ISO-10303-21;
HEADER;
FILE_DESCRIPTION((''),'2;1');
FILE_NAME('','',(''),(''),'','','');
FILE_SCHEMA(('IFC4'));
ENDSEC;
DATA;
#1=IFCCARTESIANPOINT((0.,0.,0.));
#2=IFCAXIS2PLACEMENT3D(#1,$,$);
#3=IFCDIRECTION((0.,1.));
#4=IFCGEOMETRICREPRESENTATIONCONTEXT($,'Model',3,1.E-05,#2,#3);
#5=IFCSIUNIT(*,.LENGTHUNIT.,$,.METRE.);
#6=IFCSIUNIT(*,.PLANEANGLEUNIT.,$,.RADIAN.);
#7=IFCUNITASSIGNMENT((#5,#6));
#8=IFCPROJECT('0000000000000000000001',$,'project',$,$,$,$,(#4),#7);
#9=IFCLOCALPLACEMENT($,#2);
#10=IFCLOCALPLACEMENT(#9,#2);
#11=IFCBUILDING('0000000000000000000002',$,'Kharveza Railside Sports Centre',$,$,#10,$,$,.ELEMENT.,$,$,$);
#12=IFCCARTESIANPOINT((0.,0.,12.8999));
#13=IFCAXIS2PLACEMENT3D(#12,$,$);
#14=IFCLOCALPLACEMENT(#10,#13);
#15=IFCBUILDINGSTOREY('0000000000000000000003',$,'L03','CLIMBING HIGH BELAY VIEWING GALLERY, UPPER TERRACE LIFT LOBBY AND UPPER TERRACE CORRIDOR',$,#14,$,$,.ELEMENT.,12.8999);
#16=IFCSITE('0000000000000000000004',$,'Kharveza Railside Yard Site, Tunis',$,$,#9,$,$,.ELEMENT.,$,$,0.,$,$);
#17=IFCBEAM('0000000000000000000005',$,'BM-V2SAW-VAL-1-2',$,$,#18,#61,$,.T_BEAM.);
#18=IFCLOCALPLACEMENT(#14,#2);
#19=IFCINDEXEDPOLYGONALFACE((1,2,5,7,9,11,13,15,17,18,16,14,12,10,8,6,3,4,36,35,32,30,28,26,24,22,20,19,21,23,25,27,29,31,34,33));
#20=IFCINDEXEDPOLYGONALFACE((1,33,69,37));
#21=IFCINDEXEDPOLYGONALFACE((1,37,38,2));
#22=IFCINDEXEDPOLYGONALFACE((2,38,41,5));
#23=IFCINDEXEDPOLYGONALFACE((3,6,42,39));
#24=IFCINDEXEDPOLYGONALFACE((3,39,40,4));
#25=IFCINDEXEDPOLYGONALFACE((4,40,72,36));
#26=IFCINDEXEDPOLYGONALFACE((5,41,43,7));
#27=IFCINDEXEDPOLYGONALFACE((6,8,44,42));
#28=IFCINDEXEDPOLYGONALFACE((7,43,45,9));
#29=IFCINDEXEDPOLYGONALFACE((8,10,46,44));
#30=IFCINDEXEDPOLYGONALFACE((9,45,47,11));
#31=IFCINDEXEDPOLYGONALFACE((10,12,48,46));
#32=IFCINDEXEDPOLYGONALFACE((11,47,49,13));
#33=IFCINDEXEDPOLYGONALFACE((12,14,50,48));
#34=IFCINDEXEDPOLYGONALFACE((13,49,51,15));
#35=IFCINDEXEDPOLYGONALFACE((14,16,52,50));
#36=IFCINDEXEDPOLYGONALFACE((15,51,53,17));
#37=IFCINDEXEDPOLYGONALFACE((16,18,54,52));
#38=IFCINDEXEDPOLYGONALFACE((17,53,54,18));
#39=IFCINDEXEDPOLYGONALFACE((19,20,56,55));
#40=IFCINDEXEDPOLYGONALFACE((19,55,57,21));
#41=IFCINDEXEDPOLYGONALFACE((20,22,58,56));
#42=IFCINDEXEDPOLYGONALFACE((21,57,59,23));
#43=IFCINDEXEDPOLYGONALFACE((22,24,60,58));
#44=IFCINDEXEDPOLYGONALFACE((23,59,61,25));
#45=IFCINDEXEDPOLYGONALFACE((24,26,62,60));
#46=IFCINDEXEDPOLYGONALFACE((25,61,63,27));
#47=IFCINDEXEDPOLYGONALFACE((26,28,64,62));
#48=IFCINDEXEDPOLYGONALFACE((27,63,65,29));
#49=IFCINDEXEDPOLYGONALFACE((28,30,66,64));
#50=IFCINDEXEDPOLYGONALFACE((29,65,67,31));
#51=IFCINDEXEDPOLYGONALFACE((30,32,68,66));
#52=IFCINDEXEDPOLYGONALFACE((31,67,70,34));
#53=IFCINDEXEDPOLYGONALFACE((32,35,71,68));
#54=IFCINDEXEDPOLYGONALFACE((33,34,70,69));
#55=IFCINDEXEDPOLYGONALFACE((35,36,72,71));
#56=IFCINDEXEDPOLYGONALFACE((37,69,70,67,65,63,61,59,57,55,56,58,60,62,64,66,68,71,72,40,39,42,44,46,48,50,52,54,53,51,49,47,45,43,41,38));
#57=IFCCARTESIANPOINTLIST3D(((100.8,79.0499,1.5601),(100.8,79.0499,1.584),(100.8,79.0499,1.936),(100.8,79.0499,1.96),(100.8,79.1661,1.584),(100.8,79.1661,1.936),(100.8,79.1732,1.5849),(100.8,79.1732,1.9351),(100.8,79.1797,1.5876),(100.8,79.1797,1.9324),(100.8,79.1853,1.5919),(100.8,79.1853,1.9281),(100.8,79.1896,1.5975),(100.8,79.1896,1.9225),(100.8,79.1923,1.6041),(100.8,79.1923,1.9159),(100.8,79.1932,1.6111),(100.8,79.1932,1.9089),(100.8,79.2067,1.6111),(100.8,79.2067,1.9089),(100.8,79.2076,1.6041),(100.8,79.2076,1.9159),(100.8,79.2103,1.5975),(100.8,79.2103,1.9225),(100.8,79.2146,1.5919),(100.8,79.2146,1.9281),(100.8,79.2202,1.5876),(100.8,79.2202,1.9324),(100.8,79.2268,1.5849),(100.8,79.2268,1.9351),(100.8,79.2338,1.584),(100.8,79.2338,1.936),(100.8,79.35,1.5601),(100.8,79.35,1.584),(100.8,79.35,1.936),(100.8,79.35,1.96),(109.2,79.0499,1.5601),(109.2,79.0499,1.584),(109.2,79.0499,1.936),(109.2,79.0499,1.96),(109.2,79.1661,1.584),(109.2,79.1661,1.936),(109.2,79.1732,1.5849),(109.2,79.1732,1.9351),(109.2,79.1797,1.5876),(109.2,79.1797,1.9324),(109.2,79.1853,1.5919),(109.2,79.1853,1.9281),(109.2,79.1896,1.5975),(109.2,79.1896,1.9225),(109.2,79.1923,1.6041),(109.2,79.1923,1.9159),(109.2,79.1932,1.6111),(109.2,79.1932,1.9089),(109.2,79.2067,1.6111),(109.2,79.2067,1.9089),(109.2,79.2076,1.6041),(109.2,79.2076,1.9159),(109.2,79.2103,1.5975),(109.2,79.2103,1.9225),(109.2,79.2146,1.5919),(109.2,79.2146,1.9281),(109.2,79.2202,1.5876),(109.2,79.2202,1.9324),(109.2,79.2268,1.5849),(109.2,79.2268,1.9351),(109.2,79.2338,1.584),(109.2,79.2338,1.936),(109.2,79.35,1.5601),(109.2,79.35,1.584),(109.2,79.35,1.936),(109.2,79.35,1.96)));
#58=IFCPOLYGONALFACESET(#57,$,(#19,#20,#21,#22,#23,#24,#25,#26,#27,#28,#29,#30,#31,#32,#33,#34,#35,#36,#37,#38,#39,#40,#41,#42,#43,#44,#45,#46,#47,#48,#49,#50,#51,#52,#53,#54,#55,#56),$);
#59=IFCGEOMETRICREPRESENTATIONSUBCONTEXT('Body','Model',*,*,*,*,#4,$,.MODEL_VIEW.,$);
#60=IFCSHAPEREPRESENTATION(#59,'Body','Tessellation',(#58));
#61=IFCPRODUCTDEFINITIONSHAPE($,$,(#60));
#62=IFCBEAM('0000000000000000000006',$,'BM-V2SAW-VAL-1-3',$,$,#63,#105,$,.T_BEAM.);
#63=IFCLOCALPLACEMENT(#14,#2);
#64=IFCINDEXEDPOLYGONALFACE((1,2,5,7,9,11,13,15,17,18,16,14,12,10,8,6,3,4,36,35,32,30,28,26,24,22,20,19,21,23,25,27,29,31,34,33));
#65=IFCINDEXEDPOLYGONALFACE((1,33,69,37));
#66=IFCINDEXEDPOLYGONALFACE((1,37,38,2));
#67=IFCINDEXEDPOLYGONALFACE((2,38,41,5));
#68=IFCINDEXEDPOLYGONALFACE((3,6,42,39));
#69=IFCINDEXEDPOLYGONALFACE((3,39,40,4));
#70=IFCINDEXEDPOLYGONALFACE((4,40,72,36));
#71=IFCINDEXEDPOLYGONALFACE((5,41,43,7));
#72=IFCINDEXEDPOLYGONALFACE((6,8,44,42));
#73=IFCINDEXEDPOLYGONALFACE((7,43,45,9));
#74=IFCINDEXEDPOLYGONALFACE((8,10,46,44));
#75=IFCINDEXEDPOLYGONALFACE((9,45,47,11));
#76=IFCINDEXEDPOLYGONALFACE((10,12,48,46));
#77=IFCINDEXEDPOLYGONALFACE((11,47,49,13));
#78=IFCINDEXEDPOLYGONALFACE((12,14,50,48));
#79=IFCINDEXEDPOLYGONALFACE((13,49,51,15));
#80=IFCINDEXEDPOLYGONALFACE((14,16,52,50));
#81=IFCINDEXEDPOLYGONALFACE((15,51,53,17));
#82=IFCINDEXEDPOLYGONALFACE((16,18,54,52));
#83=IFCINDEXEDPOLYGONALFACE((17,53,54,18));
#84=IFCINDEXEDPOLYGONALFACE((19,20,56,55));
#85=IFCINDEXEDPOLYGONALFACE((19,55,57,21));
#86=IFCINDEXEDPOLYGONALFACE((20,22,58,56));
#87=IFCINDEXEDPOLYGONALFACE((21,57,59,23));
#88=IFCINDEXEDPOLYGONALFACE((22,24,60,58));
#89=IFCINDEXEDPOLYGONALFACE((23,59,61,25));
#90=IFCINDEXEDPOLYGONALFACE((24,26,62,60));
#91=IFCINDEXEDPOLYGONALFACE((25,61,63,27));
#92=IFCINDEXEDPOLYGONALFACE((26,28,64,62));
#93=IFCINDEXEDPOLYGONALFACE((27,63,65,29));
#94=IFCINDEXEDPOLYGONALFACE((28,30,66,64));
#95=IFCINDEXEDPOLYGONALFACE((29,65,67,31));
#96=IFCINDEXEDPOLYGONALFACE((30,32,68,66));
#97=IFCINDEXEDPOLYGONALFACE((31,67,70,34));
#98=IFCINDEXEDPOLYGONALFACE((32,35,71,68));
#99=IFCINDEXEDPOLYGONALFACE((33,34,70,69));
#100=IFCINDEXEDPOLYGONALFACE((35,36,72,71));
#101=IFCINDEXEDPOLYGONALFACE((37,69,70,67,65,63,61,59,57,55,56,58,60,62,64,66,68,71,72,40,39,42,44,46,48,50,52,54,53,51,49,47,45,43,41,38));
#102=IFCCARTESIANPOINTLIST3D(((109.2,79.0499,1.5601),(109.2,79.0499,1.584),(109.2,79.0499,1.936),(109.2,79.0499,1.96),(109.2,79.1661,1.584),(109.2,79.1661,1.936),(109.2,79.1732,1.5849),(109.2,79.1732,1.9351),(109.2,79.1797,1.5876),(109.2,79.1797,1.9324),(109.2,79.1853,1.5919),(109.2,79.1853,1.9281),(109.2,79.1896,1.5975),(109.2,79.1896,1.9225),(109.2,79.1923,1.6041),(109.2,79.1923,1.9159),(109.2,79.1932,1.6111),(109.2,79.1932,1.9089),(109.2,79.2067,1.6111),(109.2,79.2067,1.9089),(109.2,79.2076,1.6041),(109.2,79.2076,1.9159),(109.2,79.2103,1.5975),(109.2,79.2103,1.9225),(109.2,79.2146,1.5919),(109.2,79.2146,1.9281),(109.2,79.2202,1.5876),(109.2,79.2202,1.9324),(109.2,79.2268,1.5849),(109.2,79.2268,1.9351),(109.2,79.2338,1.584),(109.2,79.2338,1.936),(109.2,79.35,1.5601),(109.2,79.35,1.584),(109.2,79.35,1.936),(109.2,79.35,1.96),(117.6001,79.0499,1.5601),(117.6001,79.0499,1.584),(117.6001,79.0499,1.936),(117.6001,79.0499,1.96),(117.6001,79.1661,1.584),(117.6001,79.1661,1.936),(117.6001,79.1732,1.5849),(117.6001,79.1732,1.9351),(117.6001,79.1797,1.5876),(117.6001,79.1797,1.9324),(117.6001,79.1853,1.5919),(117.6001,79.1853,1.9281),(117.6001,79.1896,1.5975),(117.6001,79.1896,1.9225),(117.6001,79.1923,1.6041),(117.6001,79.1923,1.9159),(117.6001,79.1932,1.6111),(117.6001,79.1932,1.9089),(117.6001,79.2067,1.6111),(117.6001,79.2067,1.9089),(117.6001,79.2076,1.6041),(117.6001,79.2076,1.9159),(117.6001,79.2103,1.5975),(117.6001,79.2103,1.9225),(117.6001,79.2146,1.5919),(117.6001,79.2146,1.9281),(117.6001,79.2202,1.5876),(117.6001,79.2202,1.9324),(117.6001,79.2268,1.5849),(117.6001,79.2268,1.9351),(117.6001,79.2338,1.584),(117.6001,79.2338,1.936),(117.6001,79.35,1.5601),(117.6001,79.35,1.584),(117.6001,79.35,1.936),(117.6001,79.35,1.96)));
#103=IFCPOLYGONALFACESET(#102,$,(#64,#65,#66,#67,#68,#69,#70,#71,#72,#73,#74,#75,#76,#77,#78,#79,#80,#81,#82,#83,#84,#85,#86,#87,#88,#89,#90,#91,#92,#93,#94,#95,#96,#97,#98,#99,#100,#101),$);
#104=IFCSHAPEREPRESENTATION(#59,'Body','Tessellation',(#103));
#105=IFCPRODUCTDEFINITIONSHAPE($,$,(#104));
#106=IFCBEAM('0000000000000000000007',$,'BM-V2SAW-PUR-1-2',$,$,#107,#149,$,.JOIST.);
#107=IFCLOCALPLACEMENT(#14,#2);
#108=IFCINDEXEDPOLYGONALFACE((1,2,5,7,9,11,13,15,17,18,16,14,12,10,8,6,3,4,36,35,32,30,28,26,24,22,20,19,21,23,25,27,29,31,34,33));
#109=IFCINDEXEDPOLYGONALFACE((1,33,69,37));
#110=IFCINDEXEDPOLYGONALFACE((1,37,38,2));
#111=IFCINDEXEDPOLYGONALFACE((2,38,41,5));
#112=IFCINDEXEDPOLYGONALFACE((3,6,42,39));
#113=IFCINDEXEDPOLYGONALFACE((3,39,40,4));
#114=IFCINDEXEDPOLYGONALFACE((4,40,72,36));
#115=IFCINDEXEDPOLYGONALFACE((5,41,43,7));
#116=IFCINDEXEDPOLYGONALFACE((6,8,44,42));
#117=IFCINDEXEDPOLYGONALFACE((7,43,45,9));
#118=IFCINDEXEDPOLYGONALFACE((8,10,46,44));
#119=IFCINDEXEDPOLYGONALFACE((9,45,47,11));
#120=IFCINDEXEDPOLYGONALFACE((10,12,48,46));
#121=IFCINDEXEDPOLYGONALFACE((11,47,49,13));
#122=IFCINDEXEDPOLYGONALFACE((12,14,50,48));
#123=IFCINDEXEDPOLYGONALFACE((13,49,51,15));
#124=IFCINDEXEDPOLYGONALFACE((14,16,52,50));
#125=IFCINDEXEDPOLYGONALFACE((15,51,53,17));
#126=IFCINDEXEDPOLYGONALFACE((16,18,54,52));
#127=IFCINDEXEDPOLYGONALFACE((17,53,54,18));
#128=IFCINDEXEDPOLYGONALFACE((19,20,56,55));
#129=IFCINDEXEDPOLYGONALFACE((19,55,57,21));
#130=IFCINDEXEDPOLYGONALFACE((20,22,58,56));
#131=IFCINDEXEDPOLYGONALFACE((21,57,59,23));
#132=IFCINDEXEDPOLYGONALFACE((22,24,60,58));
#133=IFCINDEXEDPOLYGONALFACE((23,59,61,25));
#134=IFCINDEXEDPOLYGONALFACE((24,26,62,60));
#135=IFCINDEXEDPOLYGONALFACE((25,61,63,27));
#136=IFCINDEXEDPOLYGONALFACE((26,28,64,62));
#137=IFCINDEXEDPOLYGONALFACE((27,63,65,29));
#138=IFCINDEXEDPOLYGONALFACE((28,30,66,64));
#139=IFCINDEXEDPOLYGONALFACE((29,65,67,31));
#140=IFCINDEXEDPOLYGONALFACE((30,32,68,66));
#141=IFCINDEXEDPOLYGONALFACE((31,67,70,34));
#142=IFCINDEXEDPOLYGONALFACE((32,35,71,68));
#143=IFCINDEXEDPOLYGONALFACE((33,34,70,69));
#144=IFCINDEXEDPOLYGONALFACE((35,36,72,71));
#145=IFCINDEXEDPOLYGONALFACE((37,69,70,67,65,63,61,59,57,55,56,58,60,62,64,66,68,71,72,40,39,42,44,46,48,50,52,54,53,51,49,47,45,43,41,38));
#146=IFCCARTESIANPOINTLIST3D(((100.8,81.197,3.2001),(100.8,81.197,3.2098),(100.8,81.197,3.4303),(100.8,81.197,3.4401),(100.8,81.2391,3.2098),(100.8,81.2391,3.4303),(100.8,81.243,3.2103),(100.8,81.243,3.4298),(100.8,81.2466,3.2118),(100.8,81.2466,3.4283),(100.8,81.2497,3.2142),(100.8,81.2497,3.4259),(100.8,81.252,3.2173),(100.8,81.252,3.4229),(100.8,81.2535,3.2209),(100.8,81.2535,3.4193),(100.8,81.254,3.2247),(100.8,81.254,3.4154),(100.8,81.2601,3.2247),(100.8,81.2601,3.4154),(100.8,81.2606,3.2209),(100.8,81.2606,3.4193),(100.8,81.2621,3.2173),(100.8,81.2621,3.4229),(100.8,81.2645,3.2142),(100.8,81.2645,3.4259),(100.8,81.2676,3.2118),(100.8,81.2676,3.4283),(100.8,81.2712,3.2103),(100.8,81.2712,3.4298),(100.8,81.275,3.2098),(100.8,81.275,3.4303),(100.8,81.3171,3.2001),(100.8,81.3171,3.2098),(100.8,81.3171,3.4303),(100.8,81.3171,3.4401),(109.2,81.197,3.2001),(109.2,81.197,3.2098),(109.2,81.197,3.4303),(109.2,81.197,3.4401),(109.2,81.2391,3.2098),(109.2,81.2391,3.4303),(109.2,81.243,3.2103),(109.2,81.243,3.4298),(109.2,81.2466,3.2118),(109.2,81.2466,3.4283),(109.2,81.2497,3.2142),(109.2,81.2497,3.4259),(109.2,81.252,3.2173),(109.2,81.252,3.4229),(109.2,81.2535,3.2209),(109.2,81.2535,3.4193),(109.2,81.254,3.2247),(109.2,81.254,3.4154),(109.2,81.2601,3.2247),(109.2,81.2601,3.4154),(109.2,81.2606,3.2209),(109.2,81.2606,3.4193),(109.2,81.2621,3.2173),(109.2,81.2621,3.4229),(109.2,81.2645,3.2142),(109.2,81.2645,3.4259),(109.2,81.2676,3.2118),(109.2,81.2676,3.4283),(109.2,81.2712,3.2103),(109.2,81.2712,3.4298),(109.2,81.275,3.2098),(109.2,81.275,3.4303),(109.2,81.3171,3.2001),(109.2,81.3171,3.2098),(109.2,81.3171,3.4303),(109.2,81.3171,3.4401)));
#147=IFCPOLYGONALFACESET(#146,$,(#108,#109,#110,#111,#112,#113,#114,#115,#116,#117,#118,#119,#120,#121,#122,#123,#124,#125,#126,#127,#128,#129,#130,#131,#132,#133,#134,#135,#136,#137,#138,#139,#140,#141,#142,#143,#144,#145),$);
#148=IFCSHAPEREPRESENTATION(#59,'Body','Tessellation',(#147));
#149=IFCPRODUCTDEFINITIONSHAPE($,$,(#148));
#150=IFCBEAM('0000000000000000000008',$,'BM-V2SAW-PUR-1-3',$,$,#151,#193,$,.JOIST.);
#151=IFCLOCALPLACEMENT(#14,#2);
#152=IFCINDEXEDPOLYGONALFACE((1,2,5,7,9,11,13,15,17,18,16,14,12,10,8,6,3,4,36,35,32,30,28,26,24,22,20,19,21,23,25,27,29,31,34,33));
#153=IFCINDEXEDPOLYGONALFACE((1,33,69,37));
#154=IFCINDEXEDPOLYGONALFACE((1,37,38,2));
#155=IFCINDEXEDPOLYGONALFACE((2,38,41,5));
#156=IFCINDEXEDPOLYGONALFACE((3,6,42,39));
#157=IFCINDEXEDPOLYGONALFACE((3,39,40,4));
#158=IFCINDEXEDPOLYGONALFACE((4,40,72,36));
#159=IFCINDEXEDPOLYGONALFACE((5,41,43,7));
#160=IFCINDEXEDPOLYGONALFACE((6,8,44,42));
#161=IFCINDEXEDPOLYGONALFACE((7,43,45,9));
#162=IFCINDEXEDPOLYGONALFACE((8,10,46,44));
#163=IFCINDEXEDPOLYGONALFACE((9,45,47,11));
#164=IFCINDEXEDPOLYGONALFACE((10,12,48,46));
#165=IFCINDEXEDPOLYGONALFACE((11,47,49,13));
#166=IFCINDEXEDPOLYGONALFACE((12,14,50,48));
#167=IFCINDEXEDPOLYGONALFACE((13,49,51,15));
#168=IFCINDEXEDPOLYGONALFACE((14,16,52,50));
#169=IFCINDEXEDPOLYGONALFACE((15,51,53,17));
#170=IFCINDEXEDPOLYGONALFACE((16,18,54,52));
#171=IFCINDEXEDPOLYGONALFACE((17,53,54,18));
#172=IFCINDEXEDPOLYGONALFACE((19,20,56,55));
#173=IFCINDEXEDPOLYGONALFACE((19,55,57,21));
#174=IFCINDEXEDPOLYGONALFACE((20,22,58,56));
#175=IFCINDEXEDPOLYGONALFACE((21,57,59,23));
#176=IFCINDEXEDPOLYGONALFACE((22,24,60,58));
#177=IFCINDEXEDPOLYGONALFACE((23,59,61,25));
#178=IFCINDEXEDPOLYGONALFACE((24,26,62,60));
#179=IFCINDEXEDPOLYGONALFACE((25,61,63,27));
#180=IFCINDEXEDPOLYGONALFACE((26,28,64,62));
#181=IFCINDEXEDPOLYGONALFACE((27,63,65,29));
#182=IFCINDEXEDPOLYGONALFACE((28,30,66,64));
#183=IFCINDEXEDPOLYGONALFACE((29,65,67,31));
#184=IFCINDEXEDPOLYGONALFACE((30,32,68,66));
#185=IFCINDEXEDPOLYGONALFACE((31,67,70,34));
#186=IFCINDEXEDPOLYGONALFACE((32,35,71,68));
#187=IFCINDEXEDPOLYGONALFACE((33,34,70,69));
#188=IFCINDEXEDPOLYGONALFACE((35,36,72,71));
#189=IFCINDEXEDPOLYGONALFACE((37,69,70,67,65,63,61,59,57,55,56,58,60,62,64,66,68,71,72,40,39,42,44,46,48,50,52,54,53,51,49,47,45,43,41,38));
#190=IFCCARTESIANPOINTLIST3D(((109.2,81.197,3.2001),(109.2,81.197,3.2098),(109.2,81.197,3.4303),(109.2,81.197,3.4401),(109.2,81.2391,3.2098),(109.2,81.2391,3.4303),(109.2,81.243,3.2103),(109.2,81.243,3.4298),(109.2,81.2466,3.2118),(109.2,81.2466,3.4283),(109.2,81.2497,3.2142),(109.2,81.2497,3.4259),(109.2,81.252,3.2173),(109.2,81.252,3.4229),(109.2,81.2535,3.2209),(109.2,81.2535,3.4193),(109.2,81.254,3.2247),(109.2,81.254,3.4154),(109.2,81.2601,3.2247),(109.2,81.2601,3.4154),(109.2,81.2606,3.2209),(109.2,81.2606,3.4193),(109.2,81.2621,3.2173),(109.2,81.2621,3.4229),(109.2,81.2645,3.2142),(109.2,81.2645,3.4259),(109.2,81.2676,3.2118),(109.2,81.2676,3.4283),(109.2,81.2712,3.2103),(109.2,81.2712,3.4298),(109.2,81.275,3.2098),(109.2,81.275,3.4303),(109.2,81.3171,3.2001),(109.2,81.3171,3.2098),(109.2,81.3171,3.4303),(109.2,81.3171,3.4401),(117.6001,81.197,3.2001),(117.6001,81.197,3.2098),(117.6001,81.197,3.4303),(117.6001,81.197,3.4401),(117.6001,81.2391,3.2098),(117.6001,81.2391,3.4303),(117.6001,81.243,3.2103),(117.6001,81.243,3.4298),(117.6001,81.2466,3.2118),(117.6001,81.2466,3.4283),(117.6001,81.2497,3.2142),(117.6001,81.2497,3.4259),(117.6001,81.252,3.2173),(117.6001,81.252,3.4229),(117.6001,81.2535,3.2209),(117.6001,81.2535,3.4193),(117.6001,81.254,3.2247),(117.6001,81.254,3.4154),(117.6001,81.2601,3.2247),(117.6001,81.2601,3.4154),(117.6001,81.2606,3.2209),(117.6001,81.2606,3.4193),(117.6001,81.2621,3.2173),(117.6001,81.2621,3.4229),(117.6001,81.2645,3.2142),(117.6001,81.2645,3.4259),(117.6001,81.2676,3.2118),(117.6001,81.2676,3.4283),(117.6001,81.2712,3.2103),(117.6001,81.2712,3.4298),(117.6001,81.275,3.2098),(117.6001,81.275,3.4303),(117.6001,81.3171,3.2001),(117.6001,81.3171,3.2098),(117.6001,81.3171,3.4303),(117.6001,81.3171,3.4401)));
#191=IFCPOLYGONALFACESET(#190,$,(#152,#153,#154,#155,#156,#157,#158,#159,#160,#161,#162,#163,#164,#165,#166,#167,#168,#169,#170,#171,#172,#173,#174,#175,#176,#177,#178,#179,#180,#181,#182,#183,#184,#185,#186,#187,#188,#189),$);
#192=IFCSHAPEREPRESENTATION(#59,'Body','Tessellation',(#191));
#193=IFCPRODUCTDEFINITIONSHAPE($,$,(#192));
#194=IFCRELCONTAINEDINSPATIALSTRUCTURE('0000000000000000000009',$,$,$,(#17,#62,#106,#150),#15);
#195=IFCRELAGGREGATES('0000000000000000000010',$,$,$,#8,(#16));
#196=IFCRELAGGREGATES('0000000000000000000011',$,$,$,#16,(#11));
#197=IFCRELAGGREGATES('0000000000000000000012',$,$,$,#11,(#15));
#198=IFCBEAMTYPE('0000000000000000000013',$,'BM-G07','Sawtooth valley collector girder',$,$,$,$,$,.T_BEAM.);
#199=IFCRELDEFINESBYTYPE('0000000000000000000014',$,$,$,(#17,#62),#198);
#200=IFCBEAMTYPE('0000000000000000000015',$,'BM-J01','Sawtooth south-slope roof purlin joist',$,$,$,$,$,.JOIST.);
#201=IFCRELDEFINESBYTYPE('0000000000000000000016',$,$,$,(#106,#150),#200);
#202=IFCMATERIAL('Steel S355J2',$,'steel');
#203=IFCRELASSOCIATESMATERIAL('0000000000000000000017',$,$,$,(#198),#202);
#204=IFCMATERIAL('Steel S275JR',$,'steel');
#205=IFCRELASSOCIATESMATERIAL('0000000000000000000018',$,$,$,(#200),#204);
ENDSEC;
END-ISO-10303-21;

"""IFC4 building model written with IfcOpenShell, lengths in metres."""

from ifc_helpers import new_model, si_unit, direction, frame, origin, origin_2d, place, context, subcontext, project, spatial, i_section, extrude, material, material_profile, profile_set, type_object, element, save


model = new_model("IFC4")

# Units and contexts
model_context = context("Model", 3, precision=1e-05, world=origin(), true_north=direction((0.0, 1.0)))
body_context = subcontext(model_context, "Body", "Model", "MODEL_VIEW")
ifc_project = project(units=[si_unit("LENGTHUNIT", "METRE"), si_unit("PLANEANGLEUNIT", "RADIAN")], contexts=[model_context])

# Site, building, storey
site_placement = place(None, origin())
site = spatial("IfcSite", under=ifc_project, at=site_placement, Name="Kharveza Railside Yard Site, Tunis", CompositionType="ELEMENT", RefElevation=0.0)
building_placement = place(site_placement, origin())
building = spatial("IfcBuilding", under=site, at=building_placement, Name="Kharveza Railside Sports Centre", CompositionType="ELEMENT")
storey_placement = place(building_placement, frame((0.0, 0.0, 12.8999)))
storey = spatial("IfcBuildingStorey", under=building, at=storey_placement, Name="L03", Description="CLIMBING HIGH BELAY VIEWING GALLERY, UPPER TERRACE LIFT LOBBY AND UPPER TERRACE CORRIDOR", CompositionType="ELEMENT", Elevation=12.8999)

# Beams
ifc_material_1 = material(Name="Steel S355J2", Category="steel")
ifc_material_profile_1 = material_profile(ifc_material_1, i_section(OverallWidth=0.3, OverallDepth=0.3999, WebThickness=0.0134, FlangeThickness=0.0239, FilletRadius=0.0271, at=origin_2d()), Name="HEB 400")
ifc_profile_set_1 = profile_set([ifc_material_profile_1], Name="Steel S355J2")
beam_type_1 = type_object("IfcBeamType", Name="BM-G07", Description="Sawtooth valley collector girder", PredefinedType="T_BEAM", material=ifc_profile_set_1)
beam_1_placement = place(storey_placement, frame((100.8, 79.2, 1.76), z_axis=(1.0, 0.0, 0.0), x_axis=(0.0, 1.0, 0.0)))
element("IfcBeam", 1, at=beam_1_placement, inside=storey, type_object=beam_type_1, Name="BM-V2SAW-VAL-1-2", PredefinedType="T_BEAM", context=body_context, shape_type="SweptSolid", body=[
    extrude(i_section(OverallWidth=0.3, OverallDepth=0.3999, WebThickness=0.0134, FlangeThickness=0.0239, FilletRadius=0.0271, at=origin_2d()), origin(), (0.0, 0.0, 1.0), 8.3999),
])
beam_2_placement = place(storey_placement, frame((109.2, 79.2, 1.76), z_axis=(1.0, 0.0, 0.0), x_axis=(0.0, 1.0, 0.0)))
element("IfcBeam", 2, at=beam_2_placement, inside=storey, type_object=beam_type_1, Name="BM-V2SAW-VAL-1-3", PredefinedType="T_BEAM", context=body_context, shape_type="SweptSolid", body=[
    extrude(i_section(OverallWidth=0.3, OverallDepth=0.3999, WebThickness=0.0134, FlangeThickness=0.0239, FilletRadius=0.0271, at=origin_2d()), origin(), (0.0, 0.0, 1.0), 8.4001),
])
ifc_material_2 = material(Name="Steel S275JR", Category="steel")
ifc_material_profile_2 = material_profile(ifc_material_2, i_section(OverallWidth=0.1201, OverallDepth=0.24, WebThickness=0.0061, FlangeThickness=0.0098, FilletRadius=0.0149, at=origin_2d()), Name="IPE 240")
ifc_profile_set_2 = profile_set([ifc_material_profile_2], Name="Steel S275JR")
beam_type_2 = type_object("IfcBeamType", Name="BM-J01", Description="Sawtooth south-slope roof purlin joist", PredefinedType="JOIST", material=ifc_profile_set_2)
beam_3_placement = place(storey_placement, frame((100.8, 81.2571, 3.3201), z_axis=(1.0, 0.0, 0.0), x_axis=(0.0, 1.0, 0.0)))
element("IfcBeam", 3, at=beam_3_placement, inside=storey, type_object=beam_type_2, Name="BM-V2SAW-PUR-1-2", PredefinedType="JOIST", context=body_context, shape_type="SweptSolid", body=[
    extrude(i_section(OverallWidth=0.1201, OverallDepth=0.24, WebThickness=0.0061, FlangeThickness=0.0098, FilletRadius=0.0149, at=origin_2d()), origin(), (0.0, 0.0, 1.0), 8.3999),
])
beam_4_placement = place(storey_placement, frame((109.2, 81.2571, 3.3201), z_axis=(1.0, 0.0, 0.0), x_axis=(0.0, 1.0, 0.0)))
element("IfcBeam", 4, at=beam_4_placement, inside=storey, type_object=beam_type_2, Name="BM-V2SAW-PUR-1-3", PredefinedType="JOIST", context=body_context, shape_type="SweptSolid", body=[
    extrude(i_section(OverallWidth=0.1201, OverallDepth=0.24, WebThickness=0.0061, FlangeThickness=0.0098, FilletRadius=0.0149, at=origin_2d()), origin(), (0.0, 0.0, 1.0), 8.4001),
])

save(model, "model.ifc")
